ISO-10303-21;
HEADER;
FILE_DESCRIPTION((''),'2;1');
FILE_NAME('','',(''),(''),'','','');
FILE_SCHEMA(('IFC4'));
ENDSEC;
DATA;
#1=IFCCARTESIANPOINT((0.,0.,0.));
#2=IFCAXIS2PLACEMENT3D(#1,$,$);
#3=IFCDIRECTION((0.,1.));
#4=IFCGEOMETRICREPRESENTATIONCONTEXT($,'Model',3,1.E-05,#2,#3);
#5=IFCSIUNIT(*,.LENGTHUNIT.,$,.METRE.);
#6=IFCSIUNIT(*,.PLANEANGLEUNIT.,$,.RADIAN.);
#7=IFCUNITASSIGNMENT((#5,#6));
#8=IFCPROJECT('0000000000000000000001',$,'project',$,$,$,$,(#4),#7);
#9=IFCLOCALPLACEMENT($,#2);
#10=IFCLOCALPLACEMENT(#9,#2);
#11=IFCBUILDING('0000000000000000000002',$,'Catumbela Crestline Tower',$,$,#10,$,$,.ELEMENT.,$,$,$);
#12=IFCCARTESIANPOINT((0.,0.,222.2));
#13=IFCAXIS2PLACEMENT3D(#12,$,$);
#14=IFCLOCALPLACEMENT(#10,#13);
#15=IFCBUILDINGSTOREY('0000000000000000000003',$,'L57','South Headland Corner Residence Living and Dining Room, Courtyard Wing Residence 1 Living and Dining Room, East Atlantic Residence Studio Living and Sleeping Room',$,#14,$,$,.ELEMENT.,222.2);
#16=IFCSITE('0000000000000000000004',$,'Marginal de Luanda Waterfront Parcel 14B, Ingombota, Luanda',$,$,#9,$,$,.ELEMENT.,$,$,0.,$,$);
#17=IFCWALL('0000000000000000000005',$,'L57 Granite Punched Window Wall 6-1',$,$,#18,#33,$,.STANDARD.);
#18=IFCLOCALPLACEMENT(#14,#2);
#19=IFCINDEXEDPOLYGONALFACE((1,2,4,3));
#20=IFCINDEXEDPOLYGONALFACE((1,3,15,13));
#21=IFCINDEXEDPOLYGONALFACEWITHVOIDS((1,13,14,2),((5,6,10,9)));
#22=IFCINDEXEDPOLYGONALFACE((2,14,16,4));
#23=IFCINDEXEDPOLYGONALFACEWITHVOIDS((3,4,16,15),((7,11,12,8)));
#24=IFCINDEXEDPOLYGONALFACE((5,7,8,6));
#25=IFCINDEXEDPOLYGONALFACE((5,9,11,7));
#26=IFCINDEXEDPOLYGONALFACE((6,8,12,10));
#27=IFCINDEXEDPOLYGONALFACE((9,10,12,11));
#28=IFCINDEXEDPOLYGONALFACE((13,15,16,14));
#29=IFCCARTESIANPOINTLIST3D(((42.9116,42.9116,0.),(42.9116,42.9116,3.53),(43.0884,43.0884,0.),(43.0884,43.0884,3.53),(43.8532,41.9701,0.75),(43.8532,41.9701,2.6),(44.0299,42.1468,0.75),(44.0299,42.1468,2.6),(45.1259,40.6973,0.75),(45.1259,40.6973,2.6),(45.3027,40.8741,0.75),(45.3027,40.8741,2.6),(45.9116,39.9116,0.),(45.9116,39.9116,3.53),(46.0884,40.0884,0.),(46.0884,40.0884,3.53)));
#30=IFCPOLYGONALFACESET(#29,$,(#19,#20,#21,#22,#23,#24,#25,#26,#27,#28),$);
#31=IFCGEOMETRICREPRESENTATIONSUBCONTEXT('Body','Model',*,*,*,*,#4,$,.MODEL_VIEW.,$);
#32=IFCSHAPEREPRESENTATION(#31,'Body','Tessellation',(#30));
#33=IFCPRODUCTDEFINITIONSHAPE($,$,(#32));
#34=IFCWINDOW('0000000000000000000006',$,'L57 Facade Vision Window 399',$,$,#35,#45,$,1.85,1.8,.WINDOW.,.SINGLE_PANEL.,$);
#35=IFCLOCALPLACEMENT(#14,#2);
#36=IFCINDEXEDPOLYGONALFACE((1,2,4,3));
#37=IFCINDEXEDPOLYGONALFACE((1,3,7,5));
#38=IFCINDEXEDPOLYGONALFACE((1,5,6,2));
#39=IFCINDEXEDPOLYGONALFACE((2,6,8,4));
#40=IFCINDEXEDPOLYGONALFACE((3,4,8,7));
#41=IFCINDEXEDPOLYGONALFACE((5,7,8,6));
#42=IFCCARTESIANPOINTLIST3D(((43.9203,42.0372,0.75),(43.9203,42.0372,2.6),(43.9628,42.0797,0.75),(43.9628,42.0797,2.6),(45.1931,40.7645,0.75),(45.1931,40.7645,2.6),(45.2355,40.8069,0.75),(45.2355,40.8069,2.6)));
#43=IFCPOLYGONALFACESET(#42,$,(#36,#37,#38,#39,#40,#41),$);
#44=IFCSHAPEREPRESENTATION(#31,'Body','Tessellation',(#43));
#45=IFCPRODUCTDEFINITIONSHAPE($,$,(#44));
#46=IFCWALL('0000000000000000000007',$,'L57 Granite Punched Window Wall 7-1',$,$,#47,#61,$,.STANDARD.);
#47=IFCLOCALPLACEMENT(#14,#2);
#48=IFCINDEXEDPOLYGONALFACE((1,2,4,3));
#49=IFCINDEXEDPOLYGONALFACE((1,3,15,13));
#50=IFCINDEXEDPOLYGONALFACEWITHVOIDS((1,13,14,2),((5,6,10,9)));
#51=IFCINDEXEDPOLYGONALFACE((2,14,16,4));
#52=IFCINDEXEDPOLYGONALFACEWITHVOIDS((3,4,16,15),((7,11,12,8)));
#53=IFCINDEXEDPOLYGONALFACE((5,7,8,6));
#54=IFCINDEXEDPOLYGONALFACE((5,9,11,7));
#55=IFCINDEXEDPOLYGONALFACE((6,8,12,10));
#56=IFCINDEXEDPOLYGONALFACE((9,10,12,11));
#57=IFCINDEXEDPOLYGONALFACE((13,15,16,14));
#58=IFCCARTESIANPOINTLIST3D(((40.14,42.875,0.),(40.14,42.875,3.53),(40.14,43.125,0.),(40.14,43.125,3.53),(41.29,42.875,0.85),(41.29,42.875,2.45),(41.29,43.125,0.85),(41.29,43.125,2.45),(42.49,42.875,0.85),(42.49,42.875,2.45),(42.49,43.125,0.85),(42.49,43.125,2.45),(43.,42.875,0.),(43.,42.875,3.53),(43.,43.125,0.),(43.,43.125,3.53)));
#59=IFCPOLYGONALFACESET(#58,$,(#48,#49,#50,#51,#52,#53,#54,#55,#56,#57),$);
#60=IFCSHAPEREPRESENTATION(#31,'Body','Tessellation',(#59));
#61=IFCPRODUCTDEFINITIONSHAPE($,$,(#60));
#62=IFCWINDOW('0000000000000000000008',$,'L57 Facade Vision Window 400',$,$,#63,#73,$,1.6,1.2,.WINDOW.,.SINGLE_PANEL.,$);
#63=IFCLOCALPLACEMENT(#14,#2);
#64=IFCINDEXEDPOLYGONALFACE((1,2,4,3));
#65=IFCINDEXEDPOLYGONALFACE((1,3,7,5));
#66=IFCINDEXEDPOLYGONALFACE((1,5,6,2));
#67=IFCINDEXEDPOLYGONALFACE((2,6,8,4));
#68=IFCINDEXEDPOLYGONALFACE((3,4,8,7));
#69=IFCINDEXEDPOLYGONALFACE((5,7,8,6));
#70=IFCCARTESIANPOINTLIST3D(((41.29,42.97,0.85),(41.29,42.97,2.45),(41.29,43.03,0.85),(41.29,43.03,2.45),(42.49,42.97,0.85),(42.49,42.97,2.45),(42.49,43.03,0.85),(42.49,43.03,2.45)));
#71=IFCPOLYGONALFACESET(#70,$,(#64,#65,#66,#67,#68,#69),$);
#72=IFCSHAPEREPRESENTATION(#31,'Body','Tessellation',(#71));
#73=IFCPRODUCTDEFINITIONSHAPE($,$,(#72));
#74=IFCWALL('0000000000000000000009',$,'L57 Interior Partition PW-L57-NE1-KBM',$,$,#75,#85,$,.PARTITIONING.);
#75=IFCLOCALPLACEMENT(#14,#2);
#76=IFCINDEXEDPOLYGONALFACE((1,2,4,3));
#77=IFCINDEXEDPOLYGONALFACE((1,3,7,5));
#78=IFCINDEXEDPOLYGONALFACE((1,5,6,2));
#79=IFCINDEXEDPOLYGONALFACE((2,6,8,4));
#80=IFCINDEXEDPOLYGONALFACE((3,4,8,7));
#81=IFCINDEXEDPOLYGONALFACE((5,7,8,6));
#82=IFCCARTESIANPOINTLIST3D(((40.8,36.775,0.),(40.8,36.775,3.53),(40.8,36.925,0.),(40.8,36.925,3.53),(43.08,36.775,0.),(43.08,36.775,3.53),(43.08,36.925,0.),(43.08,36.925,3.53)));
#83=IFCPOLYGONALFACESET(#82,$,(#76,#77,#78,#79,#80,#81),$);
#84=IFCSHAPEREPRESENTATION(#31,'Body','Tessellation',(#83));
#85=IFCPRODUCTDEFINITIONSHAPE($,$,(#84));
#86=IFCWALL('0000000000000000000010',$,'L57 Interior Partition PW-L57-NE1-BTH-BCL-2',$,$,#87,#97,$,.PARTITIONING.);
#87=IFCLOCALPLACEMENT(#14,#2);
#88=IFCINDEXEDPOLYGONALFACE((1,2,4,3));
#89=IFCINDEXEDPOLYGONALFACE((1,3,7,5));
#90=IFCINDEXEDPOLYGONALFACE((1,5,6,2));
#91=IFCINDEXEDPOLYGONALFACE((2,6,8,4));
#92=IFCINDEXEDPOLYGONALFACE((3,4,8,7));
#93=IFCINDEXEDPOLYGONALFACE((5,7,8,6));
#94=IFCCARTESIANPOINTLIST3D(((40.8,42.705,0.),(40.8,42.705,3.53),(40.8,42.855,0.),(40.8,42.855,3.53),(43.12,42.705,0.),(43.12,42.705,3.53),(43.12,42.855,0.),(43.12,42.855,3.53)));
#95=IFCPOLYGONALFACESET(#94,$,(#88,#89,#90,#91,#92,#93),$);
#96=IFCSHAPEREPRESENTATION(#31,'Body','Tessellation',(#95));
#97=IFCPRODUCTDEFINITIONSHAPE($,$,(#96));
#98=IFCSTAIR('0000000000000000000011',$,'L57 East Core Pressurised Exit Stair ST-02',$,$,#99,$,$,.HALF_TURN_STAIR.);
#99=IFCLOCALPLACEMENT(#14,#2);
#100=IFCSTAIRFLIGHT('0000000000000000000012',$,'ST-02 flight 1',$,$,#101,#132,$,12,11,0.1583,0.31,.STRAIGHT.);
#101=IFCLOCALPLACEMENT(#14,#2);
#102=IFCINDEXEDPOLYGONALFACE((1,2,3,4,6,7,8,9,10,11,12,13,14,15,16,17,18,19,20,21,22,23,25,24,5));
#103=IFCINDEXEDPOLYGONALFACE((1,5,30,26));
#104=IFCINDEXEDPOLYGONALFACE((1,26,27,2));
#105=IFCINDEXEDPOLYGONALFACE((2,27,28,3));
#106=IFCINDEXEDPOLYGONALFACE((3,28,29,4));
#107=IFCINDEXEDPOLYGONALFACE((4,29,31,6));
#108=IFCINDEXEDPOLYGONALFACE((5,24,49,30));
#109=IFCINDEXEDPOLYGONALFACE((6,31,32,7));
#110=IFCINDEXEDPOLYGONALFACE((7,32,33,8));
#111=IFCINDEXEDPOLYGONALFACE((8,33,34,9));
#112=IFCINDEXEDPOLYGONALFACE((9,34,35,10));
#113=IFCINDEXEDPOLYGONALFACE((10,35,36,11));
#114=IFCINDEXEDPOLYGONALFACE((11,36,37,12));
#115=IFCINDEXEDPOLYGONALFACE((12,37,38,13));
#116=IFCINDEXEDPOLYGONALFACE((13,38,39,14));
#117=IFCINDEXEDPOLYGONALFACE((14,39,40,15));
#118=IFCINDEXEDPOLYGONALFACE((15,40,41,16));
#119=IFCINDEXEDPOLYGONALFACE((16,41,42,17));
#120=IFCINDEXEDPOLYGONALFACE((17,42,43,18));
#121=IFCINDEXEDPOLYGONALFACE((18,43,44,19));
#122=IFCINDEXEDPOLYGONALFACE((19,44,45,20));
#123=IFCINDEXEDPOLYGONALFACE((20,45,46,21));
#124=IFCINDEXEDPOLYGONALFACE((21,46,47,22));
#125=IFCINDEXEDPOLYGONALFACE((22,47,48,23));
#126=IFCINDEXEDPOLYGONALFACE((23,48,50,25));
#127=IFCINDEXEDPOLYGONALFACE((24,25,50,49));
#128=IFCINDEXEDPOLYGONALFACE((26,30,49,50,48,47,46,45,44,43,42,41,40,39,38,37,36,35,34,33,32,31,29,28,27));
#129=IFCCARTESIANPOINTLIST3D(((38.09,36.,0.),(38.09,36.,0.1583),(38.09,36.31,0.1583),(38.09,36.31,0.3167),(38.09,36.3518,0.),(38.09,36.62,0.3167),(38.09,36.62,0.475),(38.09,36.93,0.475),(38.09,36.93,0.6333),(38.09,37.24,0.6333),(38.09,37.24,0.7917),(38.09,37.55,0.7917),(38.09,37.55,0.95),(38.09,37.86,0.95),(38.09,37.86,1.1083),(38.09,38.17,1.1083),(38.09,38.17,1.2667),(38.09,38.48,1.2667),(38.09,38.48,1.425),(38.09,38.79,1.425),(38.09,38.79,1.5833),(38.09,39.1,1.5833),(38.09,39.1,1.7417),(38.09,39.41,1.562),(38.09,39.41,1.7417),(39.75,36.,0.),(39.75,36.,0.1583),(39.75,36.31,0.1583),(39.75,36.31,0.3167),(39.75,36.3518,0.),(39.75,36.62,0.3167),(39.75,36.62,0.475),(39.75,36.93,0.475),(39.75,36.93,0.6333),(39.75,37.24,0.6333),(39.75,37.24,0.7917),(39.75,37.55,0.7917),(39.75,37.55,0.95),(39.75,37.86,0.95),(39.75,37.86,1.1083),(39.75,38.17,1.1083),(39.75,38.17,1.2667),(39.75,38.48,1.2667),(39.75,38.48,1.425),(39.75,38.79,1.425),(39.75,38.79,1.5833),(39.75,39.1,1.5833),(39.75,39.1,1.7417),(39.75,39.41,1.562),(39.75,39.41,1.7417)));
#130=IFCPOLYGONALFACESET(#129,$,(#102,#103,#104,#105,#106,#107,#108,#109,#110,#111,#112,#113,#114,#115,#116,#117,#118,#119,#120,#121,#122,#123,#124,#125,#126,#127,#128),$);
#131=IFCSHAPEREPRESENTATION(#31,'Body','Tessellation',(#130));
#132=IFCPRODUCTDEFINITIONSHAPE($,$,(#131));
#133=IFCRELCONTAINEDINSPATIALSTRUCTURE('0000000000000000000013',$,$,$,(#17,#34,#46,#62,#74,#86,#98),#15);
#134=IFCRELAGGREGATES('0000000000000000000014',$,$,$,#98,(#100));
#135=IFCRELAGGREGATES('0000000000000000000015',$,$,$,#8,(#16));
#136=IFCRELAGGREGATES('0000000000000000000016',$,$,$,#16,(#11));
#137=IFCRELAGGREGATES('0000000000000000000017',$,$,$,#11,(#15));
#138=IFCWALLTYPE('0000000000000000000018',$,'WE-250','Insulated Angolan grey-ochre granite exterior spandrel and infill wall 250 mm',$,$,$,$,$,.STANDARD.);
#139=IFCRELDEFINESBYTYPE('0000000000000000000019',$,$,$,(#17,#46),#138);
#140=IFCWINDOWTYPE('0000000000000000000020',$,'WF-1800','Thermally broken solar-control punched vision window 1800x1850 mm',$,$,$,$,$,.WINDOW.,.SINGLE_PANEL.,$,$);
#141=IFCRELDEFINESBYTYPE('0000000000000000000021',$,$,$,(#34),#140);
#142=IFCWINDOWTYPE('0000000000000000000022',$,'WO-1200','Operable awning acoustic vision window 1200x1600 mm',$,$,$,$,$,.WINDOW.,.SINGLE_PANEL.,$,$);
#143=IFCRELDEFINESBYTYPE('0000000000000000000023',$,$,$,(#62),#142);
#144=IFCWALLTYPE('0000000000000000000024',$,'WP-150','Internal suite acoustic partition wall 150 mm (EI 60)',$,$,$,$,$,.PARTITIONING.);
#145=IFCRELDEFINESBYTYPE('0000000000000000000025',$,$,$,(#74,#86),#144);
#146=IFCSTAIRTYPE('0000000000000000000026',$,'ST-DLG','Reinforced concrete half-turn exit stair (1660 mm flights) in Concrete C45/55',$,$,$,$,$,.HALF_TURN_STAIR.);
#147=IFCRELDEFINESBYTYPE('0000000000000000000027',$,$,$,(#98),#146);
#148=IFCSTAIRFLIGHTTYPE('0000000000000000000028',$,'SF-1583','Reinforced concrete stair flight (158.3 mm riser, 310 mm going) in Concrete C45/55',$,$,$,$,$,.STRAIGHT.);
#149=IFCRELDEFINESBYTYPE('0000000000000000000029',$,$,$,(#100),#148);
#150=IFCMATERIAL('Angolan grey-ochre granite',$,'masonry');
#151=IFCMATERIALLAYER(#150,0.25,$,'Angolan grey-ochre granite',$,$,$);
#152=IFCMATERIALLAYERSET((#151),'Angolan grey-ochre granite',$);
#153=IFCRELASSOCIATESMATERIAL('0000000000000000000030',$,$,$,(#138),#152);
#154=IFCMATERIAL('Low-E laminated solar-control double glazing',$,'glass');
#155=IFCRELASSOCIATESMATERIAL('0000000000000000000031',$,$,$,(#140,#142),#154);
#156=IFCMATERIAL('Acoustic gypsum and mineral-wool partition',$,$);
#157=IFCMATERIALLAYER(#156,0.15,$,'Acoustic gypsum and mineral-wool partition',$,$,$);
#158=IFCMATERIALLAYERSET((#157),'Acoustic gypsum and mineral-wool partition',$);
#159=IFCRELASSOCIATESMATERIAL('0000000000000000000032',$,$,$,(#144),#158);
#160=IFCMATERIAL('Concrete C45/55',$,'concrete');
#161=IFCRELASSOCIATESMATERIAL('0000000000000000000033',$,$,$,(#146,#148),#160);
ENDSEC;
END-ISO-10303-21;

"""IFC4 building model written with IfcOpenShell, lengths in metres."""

from ifc_helpers import new_model, si_unit, direction, frame, frame_2d, origin, place, context, subcontext, project, spatial, polyline, rectangle, outline, extrude, material, layer, layer_set, type_object, element, fill, aggregate, save


model = new_model("IFC4")

# Units and contexts
model_context = context("Model", 3, precision=1e-05, world=origin(), true_north=direction((0.0, 1.0)))
body_context = subcontext(model_context, "Body", "Model", "MODEL_VIEW")
ifc_project = project(units=[si_unit("LENGTHUNIT", "METRE"), si_unit("PLANEANGLEUNIT", "RADIAN")], contexts=[model_context])

# Site, building, storey
site_placement = place(None, origin())
site = spatial("IfcSite", under=ifc_project, at=site_placement, Name="Marginal de Luanda Waterfront Parcel 14B, Ingombota, Luanda", CompositionType="ELEMENT", RefElevation=0.0)
building_placement = place(site_placement, origin())
building = spatial("IfcBuilding", under=site, at=building_placement, Name="Catumbela Crestline Tower", CompositionType="ELEMENT")
storey_placement = place(building_placement, frame((0.0, 0.0, 222.2)))
storey = spatial("IfcBuildingStorey", under=building, at=storey_placement, Name="L57", Description="South Headland Corner Residence Living and Dining Room, Courtyard Wing Residence 1 Living and Dining Room, East Atlantic Residence Studio Living and Sleeping Room", CompositionType="ELEMENT", Elevation=222.2)

# Shared definitions
ifc_material_1 = material(Name="Low-E laminated solar-control double glazing", Category="glass")

# Walls, openings, windows
ifc_material_2 = material(Name="Angolan grey-ochre granite", Category="masonry")
ifc_layer_1 = layer(ifc_material_2, 0.25, Name="Angolan grey-ochre granite")
ifc_layer_set_1 = layer_set([ifc_layer_1], Name="Angolan grey-ochre granite")
wall_type_1 = type_object("IfcWallType", Name="WE-250", Description="Insulated Angolan grey-ochre granite exterior spandrel and infill wall 250 mm", PredefinedType="STANDARD", material=ifc_layer_set_1)
wall_1_placement = place(storey_placement, frame((46.0, 40.0, 0.0), z_axis=(0.0, 0.0, 1.0), x_axis=(-0.707107, 0.707107, 0.0)))
wall_1 = element("IfcWall", 1, at=wall_1_placement, inside=storey, type_object=wall_type_1, Name="L57 Granite Punched Window Wall 6-1", PredefinedType="STANDARD", context=body_context, shape_type="SweptSolid", body=[
    extrude(rectangle(XDim=4.2426, YDim=0.25, at=frame_2d((2.1213, 0.0))), origin(), (0.0, 0.0, 1.0), 3.53),
])
opening_1_placement = place(wall_1_placement, frame((1.1111, 0.0, 0.75)))
opening_1 = element("IfcOpeningElement", 2, at=opening_1_placement, cuts=wall_1, PredefinedType="OPENING", context=body_context, shape_type="SweptSolid", body=[
    extrude(rectangle(XDim=1.8, YDim=1.85, at=frame_2d((0.9, 0.925))), frame((0.0, 0.135, 0.0), z_axis=(0.0, -1.0, 0.0), x_axis=(1.0, 0.0, 0.0)), (0.0, 0.0, 1.0), 0.27),
])
window_type_1 = type_object("IfcWindowType", Name="WF-1800", Description="Thermally broken solar-control punched vision window 1800x1850 mm", PartitioningType="SINGLE_PANEL", PredefinedType="WINDOW", material=ifc_material_1)
window_1_placement = place(opening_1_placement, origin())
window_1 = element("IfcWindow", 3, at=window_1_placement, inside=storey, type_object=window_type_1, Name="L57 Facade Vision Window 399", OverallHeight=1.85, OverallWidth=1.8, PartitioningType="SINGLE_PANEL", PredefinedType="WINDOW", context=body_context, shape_type="SweptSolid", body=[
    extrude(rectangle(XDim=1.8, YDim=1.85, at=frame_2d((0.9, 0.925))), frame((0.0, 0.03, 0.0), z_axis=(0.0, -1.0, 0.0), x_axis=(1.0, 0.0, 0.0)), (0.0, 0.0, 1.0), 0.06),
])
fill(opening_1, window_1)
wall_2_placement = place(storey_placement, frame((43.0, 43.0, 0.0), z_axis=(0.0, 0.0, 1.0), x_axis=(-1.0, 0.0, 0.0)))
wall_2 = element("IfcWall", 4, at=wall_2_placement, inside=storey, type_object=wall_type_1, Name="L57 Granite Punched Window Wall 7-1", PredefinedType="STANDARD", context=body_context, shape_type="SweptSolid", body=[
    extrude(rectangle(XDim=2.86, YDim=0.25, at=frame_2d((1.43, 0.0))), origin(), (0.0, 0.0, 1.0), 3.53),
])
opening_2_placement = place(wall_2_placement, frame((0.51, 0.0, 0.85)))
opening_2 = element("IfcOpeningElement", 5, at=opening_2_placement, cuts=wall_2, PredefinedType="OPENING", context=body_context, shape_type="SweptSolid", body=[
    extrude(rectangle(XDim=1.2, YDim=1.6, at=frame_2d((0.6, 0.8))), frame((0.0, 0.135, 0.0), z_axis=(0.0, -1.0, 0.0), x_axis=(1.0, 0.0, 0.0)), (0.0, 0.0, 1.0), 0.27),
])
window_type_2 = type_object("IfcWindowType", Name="WO-1200", Description="Operable awning acoustic vision window 1200x1600 mm", PartitioningType="SINGLE_PANEL", PredefinedType="WINDOW", material=ifc_material_1)
window_2_placement = place(opening_2_placement, origin())
window_2 = element("IfcWindow", 6, at=window_2_placement, inside=storey, type_object=window_type_2, Name="L57 Facade Vision Window 400", OverallHeight=1.6, OverallWidth=1.2, PartitioningType="SINGLE_PANEL", PredefinedType="WINDOW", context=body_context, shape_type="SweptSolid", body=[
    extrude(rectangle(XDim=1.2, YDim=1.6, at=frame_2d((0.6, 0.8))), frame((0.0, 0.03, 0.0), z_axis=(0.0, -1.0, 0.0), x_axis=(1.0, 0.0, 0.0)), (0.0, 0.0, 1.0), 0.06),
])
fill(opening_2, window_2)

# Walls
ifc_material_3 = material(Name="Acoustic gypsum and mineral-wool partition")
ifc_layer_2 = layer(ifc_material_3, 0.15, Name="Acoustic gypsum and mineral-wool partition")
ifc_layer_set_2 = layer_set([ifc_layer_2], Name="Acoustic gypsum and mineral-wool partition")
wall_type_2 = type_object("IfcWallType", Name="WP-150", Description="Internal suite acoustic partition wall 150 mm (EI 60)", PredefinedType="PARTITIONING", material=ifc_layer_set_2)
wall_3_placement = place(storey_placement, frame((40.8, 36.85, 0.0), z_axis=(0.0, 0.0, 1.0), x_axis=(1.0, 0.0, 0.0)))
element("IfcWall", 7, at=wall_3_placement, inside=storey, type_object=wall_type_2, Name="L57 Interior Partition PW-L57-NE1-KBM", PredefinedType="PARTITIONING", context=body_context, shape_type="SweptSolid", body=[
    extrude(rectangle(XDim=2.28, YDim=0.15, at=frame_2d((1.14, 0.0))), origin(), (0.0, 0.0, 1.0), 3.53),
])
wall_4_placement = place(storey_placement, frame((40.8, 42.78, 0.0), z_axis=(0.0, 0.0, 1.0), x_axis=(1.0, 0.0, 0.0)))
element("IfcWall", 8, at=wall_4_placement, inside=storey, type_object=wall_type_2, Name="L57 Interior Partition PW-L57-NE1-BTH-BCL-2", PredefinedType="PARTITIONING", context=body_context, shape_type="SweptSolid", body=[
    extrude(rectangle(XDim=2.32, YDim=0.15, at=frame_2d((1.16, 0.0))), origin(), (0.0, 0.0, 1.0), 3.53),
])

# Stair, stair flight
ifc_material_4 = material(Name="Concrete C45/55", Category="concrete")
stair_type = type_object("IfcStairType", Name="ST-DLG", Description="Reinforced concrete half-turn exit stair (1660 mm flights) in Concrete C45/55", PredefinedType="HALF_TURN_STAIR", material=ifc_material_4)
stair_placement = place(storey_placement, origin())
stair = element("IfcStair", 9, at=stair_placement, inside=storey, type_object=stair_type, Name="L57 East Core Pressurised Exit Stair ST-02", PredefinedType="HALF_TURN_STAIR")
stair_flight_type = type_object("IfcStairFlightType", Name="SF-1583", Description="Reinforced concrete stair flight (158.3 mm riser, 310 mm going) in Concrete C45/55", PredefinedType="STRAIGHT", material=ifc_material_4)
stair_flight_placement = place(storey_placement, frame((38.92, 36.0, 0.0), z_axis=(0.0, 0.0, 1.0), x_axis=(0.0, 1.0, 0.0)))
stair_flight = element("IfcStairFlight", 10, at=stair_flight_placement, type_object=stair_flight_type, Name="ST-02 flight 1", NumberOfRisers=12, NumberOfTreads=11, PredefinedType="STRAIGHT", RiserHeight=0.1583, TreadLength=0.31, context=body_context, shape_type="SweptSolid", body=[
    extrude(outline(polyline([(0.0, 0.0), (0.0, 0.1583), (0.31, 0.1583), (0.31, 0.3167), (0.62, 0.3167), (0.62, 0.475), (0.93, 0.475), (0.93, 0.6333), (1.24, 0.6333), (1.24, 0.7917), (1.55, 0.7917), (1.55, 0.95), (1.86, 0.95), (1.86, 1.1083), (2.17, 1.1083), (2.17, 1.2667), (2.48, 1.2667), (2.48, 1.425), (2.79, 1.425), (2.79, 1.5833), (3.1, 1.5833), (3.1, 1.7417), (3.41, 1.7417), (3.41, 1.9), (3.41, 1.562), (0.3518, 0.0), (0.0, 0.0)])), frame((0.0, 0.83, 0.0), z_axis=(0.0, -1.0, 0.0), x_axis=(1.0, 0.0, 0.0)), (0.0, 0.0, 1.0), 1.66),
])
aggregate(stair, [stair_flight])

save(model, "model.ifc")
